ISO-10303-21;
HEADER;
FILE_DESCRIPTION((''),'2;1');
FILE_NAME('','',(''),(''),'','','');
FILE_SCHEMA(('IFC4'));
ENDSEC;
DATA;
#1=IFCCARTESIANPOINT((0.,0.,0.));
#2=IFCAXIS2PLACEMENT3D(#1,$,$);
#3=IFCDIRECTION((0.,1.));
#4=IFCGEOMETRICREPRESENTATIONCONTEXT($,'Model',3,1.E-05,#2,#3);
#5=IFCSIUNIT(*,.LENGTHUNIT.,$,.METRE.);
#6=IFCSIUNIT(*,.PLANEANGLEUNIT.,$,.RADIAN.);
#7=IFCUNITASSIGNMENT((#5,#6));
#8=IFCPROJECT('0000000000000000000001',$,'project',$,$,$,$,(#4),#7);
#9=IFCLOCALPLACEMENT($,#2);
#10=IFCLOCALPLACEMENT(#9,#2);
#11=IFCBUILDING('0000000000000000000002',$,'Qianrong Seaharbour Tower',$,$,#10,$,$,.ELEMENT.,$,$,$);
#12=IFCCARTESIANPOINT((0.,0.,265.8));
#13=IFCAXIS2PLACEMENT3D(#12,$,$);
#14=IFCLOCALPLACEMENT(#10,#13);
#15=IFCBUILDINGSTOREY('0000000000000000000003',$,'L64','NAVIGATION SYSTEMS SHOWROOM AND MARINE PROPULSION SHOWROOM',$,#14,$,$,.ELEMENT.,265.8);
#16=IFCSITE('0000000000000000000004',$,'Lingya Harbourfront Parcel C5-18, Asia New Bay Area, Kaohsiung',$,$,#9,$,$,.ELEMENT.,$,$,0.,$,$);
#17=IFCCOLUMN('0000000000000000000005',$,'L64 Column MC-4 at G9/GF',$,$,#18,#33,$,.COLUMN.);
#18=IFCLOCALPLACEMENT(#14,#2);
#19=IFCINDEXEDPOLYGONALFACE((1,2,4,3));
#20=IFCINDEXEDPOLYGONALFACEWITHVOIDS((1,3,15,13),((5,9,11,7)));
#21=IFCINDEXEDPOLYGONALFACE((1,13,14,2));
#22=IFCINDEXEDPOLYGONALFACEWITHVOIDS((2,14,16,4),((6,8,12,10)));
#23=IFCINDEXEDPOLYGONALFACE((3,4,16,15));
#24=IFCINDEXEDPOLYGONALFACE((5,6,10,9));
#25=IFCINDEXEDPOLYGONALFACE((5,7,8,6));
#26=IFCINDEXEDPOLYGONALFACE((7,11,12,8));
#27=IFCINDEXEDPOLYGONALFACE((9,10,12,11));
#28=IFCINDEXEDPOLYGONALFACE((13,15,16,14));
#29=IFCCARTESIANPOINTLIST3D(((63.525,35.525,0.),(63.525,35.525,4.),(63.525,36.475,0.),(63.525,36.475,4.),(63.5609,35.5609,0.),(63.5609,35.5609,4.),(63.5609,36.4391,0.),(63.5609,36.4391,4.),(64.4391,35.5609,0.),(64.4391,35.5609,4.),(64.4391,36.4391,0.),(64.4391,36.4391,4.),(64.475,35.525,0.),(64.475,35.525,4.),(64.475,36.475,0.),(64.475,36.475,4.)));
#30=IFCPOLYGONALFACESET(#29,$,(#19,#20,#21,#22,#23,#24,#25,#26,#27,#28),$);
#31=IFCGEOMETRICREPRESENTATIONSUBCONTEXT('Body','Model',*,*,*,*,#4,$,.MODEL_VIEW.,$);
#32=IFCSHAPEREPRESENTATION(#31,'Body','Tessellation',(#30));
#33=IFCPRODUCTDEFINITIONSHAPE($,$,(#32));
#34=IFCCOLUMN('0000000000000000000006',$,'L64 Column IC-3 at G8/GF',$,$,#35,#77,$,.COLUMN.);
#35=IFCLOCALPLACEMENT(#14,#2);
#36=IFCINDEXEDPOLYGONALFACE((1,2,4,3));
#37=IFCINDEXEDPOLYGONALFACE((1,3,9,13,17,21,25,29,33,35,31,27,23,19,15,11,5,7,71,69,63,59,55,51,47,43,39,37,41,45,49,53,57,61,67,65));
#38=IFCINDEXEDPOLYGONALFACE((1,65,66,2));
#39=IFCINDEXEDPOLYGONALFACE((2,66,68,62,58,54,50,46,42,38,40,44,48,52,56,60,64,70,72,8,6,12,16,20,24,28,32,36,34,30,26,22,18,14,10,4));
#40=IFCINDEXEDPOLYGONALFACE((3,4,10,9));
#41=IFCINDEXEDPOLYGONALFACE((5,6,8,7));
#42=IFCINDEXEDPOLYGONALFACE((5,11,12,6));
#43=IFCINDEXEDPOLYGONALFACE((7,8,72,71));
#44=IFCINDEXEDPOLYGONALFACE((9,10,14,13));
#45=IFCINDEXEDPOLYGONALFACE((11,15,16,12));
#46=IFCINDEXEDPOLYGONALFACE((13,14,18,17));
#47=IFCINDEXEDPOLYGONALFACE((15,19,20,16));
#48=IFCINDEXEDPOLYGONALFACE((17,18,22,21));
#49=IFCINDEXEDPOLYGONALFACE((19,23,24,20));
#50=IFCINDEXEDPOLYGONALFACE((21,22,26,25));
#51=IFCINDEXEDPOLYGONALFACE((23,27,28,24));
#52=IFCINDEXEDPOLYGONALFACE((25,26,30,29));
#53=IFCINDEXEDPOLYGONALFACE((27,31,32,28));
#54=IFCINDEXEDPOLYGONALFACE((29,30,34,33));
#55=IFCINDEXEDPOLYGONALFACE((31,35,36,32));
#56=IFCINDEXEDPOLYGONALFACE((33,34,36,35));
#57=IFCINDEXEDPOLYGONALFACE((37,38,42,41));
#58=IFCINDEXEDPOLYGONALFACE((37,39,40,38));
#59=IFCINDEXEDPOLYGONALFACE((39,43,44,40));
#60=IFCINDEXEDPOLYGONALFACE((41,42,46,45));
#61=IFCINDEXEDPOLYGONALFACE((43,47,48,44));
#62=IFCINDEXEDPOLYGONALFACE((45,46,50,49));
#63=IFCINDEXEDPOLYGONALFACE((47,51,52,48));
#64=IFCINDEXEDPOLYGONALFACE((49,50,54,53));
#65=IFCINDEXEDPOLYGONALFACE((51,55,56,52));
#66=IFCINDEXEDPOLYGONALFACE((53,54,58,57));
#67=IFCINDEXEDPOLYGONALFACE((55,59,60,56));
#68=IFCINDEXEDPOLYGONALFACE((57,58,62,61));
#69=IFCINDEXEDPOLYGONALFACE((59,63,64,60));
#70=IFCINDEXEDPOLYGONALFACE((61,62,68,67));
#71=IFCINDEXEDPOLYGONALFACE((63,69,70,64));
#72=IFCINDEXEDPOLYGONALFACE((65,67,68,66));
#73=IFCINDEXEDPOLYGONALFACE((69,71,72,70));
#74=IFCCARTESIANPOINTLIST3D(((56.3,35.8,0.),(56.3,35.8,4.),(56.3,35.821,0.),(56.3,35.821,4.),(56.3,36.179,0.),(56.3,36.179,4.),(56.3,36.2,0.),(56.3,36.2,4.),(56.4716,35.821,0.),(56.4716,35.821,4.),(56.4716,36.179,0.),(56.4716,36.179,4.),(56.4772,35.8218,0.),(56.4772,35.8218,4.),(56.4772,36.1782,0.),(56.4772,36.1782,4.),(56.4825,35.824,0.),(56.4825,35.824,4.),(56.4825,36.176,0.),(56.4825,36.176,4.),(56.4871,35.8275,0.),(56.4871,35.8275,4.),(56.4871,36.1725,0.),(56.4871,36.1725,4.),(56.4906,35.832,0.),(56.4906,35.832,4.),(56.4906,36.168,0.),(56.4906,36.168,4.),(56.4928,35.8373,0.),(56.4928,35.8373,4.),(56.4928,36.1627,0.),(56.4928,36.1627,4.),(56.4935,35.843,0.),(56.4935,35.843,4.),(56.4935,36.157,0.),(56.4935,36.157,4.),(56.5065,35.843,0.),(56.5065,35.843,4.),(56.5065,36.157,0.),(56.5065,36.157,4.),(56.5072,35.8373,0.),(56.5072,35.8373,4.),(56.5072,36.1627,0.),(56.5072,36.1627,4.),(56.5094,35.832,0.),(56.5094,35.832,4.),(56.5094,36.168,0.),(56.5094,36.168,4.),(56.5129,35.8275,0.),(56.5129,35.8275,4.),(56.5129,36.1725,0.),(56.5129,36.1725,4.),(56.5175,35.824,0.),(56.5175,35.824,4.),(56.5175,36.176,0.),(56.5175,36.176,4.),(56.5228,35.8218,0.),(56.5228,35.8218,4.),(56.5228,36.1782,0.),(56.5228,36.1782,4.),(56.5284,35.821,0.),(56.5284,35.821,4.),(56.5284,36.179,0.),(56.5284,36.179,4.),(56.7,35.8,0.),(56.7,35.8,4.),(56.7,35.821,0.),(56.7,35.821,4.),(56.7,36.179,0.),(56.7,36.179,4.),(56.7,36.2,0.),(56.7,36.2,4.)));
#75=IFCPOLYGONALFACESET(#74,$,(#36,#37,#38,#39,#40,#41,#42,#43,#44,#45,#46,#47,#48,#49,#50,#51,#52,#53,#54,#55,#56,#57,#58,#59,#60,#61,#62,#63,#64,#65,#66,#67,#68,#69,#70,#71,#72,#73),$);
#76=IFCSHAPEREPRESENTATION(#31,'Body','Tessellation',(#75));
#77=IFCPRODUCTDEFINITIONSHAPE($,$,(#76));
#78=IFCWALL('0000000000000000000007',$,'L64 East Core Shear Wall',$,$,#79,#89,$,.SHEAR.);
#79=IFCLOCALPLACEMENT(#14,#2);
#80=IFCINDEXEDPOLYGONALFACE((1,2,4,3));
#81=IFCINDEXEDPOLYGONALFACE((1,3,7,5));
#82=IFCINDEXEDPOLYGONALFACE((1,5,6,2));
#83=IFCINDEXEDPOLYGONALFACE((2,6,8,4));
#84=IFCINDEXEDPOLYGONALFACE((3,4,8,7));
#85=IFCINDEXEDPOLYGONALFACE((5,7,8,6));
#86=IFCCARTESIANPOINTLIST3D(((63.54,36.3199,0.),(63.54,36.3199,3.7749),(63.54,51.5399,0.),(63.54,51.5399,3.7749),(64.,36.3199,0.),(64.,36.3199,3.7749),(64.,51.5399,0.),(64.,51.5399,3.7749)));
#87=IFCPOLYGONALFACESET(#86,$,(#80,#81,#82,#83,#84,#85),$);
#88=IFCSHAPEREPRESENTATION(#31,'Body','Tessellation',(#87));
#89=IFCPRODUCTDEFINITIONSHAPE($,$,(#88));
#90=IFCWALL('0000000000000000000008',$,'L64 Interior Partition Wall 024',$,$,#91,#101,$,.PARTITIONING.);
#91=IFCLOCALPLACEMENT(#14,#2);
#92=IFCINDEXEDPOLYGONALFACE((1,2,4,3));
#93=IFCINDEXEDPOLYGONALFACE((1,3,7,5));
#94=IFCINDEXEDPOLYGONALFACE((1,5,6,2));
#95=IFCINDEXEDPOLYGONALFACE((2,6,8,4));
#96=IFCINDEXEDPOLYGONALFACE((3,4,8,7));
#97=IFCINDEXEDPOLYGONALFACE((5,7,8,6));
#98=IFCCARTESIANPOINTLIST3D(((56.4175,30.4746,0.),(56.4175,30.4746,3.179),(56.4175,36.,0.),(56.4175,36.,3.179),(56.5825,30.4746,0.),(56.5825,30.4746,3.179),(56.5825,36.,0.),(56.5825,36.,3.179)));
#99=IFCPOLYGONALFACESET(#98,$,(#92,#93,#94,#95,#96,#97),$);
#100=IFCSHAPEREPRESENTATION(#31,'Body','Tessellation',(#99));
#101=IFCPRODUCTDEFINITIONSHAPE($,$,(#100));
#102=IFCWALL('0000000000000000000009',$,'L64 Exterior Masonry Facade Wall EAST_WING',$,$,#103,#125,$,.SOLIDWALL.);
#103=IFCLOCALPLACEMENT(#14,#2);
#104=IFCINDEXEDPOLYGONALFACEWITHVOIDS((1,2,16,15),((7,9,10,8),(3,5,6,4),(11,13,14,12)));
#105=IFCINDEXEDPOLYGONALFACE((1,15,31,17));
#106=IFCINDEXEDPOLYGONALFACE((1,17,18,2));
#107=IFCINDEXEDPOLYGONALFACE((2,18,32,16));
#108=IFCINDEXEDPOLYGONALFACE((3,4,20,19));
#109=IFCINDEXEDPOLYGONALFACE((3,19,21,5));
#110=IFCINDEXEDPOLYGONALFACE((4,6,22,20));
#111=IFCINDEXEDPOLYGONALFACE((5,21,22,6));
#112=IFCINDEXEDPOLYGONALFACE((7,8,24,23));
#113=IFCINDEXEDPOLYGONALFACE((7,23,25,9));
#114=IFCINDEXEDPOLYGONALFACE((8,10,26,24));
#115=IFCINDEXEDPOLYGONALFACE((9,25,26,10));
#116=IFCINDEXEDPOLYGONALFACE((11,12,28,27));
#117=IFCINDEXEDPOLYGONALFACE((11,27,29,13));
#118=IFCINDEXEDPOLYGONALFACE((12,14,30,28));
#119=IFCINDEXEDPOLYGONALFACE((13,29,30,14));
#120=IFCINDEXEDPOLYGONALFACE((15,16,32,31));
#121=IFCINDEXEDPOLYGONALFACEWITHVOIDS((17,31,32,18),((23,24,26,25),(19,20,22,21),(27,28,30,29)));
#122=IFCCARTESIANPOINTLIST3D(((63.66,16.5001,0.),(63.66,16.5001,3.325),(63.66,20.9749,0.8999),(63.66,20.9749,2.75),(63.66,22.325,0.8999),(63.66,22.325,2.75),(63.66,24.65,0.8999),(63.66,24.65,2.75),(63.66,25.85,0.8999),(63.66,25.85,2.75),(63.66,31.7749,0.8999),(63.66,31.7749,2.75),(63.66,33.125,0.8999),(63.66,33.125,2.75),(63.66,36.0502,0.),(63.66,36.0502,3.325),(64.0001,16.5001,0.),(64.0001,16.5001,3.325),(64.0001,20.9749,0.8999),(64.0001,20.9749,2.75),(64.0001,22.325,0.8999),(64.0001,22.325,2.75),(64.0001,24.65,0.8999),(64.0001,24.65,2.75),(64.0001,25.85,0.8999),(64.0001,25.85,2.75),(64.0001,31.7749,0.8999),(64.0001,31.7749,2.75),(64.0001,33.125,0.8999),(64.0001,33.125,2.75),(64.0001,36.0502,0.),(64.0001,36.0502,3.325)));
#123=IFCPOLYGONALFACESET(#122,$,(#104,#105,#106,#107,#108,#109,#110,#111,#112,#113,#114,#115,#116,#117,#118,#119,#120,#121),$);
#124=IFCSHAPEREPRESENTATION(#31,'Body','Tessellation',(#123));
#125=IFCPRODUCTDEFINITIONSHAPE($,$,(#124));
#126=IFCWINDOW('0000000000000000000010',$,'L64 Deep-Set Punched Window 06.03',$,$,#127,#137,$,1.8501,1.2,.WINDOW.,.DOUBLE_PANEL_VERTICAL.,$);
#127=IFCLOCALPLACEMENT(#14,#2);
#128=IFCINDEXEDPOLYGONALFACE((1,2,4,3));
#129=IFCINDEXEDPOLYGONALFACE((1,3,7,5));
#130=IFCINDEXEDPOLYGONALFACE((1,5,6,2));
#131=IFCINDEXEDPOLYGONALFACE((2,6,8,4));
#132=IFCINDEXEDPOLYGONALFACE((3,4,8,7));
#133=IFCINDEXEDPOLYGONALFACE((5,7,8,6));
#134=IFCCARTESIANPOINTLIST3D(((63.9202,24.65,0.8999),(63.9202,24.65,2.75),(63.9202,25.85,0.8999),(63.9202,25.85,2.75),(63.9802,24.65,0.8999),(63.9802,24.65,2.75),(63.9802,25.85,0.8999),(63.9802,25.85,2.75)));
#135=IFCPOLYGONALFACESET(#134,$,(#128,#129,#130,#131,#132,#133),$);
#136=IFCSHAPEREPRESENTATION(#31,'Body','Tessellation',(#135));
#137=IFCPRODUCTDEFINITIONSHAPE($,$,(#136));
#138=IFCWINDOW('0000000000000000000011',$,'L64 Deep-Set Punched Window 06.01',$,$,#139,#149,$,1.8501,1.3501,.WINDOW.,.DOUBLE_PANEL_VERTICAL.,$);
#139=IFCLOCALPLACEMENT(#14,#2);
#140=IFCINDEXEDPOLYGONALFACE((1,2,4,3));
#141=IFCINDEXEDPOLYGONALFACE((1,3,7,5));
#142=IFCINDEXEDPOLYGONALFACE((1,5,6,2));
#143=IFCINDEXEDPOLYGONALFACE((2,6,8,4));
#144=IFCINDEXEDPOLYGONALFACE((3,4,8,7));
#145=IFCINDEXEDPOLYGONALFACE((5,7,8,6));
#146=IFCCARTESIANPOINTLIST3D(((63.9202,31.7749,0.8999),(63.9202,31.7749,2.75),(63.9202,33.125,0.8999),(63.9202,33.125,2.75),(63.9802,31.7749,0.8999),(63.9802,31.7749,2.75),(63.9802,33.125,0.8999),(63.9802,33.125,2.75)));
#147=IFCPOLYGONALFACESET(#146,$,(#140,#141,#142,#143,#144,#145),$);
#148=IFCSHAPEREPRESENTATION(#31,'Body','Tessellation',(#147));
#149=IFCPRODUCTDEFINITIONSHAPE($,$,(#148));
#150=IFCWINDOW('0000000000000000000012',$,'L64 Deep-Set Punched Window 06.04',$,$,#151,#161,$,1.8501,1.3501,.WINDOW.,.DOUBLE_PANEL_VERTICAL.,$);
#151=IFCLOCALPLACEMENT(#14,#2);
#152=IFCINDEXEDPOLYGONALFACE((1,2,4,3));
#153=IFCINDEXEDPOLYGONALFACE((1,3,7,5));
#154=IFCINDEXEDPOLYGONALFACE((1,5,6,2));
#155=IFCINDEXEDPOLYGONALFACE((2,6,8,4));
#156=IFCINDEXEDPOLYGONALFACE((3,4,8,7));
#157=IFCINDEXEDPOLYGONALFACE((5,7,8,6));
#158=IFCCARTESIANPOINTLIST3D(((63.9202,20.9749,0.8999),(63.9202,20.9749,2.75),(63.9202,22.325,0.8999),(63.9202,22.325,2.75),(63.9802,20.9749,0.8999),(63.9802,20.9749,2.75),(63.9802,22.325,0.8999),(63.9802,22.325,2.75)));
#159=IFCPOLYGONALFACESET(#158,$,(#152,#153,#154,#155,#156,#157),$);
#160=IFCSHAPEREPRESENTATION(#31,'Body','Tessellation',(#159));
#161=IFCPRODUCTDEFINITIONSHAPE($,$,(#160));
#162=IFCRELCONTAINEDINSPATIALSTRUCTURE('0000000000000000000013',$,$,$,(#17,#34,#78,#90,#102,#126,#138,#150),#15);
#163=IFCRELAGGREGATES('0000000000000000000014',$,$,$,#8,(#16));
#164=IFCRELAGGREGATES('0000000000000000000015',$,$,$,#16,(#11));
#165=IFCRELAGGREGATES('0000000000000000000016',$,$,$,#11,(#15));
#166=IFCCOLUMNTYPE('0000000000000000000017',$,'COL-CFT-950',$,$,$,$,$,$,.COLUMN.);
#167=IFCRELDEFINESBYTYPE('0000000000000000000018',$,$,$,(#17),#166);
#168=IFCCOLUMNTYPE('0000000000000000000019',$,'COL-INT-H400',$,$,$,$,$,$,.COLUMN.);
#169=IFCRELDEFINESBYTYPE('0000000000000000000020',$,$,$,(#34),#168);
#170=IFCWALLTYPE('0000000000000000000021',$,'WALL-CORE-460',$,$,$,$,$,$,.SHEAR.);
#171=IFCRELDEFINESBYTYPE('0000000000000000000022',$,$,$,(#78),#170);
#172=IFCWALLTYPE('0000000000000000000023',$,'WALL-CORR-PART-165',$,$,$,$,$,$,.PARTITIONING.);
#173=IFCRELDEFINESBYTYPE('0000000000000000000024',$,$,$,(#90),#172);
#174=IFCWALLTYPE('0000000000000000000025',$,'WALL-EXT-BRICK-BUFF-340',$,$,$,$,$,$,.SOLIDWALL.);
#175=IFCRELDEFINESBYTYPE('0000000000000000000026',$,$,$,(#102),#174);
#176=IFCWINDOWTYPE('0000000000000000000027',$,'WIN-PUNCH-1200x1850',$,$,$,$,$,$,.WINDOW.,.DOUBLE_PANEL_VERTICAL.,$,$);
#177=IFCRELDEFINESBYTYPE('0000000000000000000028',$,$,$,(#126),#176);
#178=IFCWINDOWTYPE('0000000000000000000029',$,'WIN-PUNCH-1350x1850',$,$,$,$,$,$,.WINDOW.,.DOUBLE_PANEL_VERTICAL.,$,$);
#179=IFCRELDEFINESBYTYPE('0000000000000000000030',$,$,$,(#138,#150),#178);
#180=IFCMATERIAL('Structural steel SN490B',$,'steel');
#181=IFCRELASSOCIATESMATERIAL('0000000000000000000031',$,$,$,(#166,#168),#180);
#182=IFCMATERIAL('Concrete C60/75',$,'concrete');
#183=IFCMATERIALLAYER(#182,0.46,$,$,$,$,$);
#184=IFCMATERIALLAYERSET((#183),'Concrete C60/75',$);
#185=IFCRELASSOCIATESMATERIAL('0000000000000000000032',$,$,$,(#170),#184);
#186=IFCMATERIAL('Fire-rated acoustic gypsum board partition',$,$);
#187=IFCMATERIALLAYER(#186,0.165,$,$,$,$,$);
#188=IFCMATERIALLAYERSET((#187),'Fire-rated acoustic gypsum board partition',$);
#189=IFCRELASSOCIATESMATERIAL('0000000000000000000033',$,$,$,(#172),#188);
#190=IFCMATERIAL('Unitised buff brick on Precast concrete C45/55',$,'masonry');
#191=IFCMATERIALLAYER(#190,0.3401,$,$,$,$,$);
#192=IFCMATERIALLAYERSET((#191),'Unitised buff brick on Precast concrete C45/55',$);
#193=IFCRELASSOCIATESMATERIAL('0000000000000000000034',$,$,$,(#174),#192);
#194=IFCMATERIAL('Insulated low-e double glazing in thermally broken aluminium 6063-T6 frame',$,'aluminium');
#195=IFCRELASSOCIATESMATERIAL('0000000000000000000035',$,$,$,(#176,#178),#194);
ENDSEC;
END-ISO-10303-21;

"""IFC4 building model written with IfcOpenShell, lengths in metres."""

from ifc_helpers import new_model, si_unit, direction, frame, frame_2d, origin, origin_2d, place, context, subcontext, project, spatial, rectangle, hollow_rectangle, i_section, extrude, material, layer, layer_set, material_profile, profile_set, type_object, element, fill, save


model = new_model("IFC4")

# Units and contexts
model_context = context("Model", 3, precision=1e-05, world=origin(), true_north=direction((0.0, 1.0)))
body_context = subcontext(model_context, "Body", "Model", "MODEL_VIEW")
ifc_project = project(units=[si_unit("LENGTHUNIT", "METRE"), si_unit("PLANEANGLEUNIT", "RADIAN")], contexts=[model_context])

# Site, building, storey
site_placement = place(None, origin())
site = spatial("IfcSite", under=ifc_project, at=site_placement, Name="Lingya Harbourfront Parcel C5-18, Asia New Bay Area, Kaohsiung", CompositionType="ELEMENT", RefElevation=0.0)
building_placement = place(site_placement, origin())
building = spatial("IfcBuilding", under=site, at=building_placement, Name="Qianrong Seaharbour Tower", CompositionType="ELEMENT")
storey_placement = place(building_placement, frame((0.0, 0.0, 265.8)))
storey = spatial("IfcBuildingStorey", under=building, at=storey_placement, Name="L64", Description="NAVIGATION SYSTEMS SHOWROOM AND MARINE PROPULSION SHOWROOM", CompositionType="ELEMENT", Elevation=265.8)

# Columns
ifc_material_1 = material(Name="Structural steel SN490B", Category="steel")
ifc_material_profile_1 = material_profile(ifc_material_1, hollow_rectangle(XDim=0.95, YDim=0.95, WallThickness=0.0359, at=origin_2d()), Name="BOX950x950x36")
ifc_profile_set_1 = profile_set([ifc_material_profile_1], Name="Structural steel SN490B")
column_type_1 = type_object("IfcColumnType", Name="COL-CFT-950", PredefinedType="COLUMN", material=ifc_profile_set_1)
column_1_placement = place(storey_placement, frame((64.0, 36.0, 0.0), z_axis=(0.0, 0.0, 1.0), x_axis=(1.0, 0.0, 0.0)))
element("IfcColumn", 1, at=column_1_placement, inside=storey, type_object=column_type_1, Name="L64 Column MC-4 at G9/GF", PredefinedType="COLUMN", context=body_context, shape_type="SweptSolid", body=[
    extrude(hollow_rectangle(XDim=0.95, YDim=0.95, WallThickness=0.0359, at=origin_2d()), origin(), (0.0, 0.0, 1.0), 4.0),
])
ifc_material_profile_2 = material_profile(ifc_material_1, i_section(OverallWidth=0.3999, OverallDepth=0.3999, WebThickness=0.0129, FlangeThickness=0.021, FilletRadius=0.022, at=origin_2d()), Name="H400x400x13x21")
ifc_profile_set_2 = profile_set([ifc_material_profile_2], Name="Structural steel SN490B")
column_type_2 = type_object("IfcColumnType", Name="COL-INT-H400", PredefinedType="COLUMN", material=ifc_profile_set_2)
column_2_placement = place(storey_placement, frame((56.5, 36.0, 0.0), z_axis=(0.0, 0.0, 1.0), x_axis=(1.0, 0.0, 0.0)))
element("IfcColumn", 2, at=column_2_placement, inside=storey, type_object=column_type_2, Name="L64 Column IC-3 at G8/GF", PredefinedType="COLUMN", context=body_context, shape_type="SweptSolid", body=[
    extrude(i_section(OverallWidth=0.3999, OverallDepth=0.3999, WebThickness=0.0129, FlangeThickness=0.021, FilletRadius=0.022, at=origin_2d()), origin(), (0.0, 0.0, 1.0), 4.0),
])

# Walls
ifc_material_2 = material(Name="Concrete C60/75", Category="concrete")
ifc_layer_1 = layer(ifc_material_2, 0.46)
ifc_layer_set_1 = layer_set([ifc_layer_1], Name="Concrete C60/75")
wall_type_1 = type_object("IfcWallType", Name="WALL-CORE-460", PredefinedType="SHEAR", material=ifc_layer_set_1)
wall_1_placement = place(storey_placement, frame((63.77, 36.3201, 0.0), z_axis=(0.0, 0.0, 1.0), x_axis=(0.0, 1.0, 0.0)))
element("IfcWall", 3, at=wall_1_placement, inside=storey, type_object=wall_type_1, Name="L64 East Core Shear Wall", PredefinedType="SHEAR", context=body_context, shape_type="SweptSolid", body=[
    extrude(rectangle(XDim=15.22, YDim=0.46, at=frame_2d((7.6099, 0.0))), origin(), (0.0, 0.0, 1.0), 3.7749),
])
ifc_material_3 = material(Name="Fire-rated acoustic gypsum board partition")
ifc_layer_2 = layer(ifc_material_3, 0.165)
ifc_layer_set_2 = layer_set([ifc_layer_2], Name="Fire-rated acoustic gypsum board partition")
wall_type_2 = type_object("IfcWallType", Name="WALL-CORR-PART-165", PredefinedType="PARTITIONING", material=ifc_layer_set_2)
wall_2_placement = place(storey_placement, frame((56.5, 36.0, 0.0), z_axis=(0.0, 0.0, 1.0), x_axis=(0.0, -1.0, 0.0)))
element("IfcWall", 4, at=wall_2_placement, inside=storey, type_object=wall_type_2, Name="L64 Interior Partition Wall 024", PredefinedType="PARTITIONING", context=body_context, shape_type="SweptSolid", body=[
    extrude(rectangle(XDim=5.5254, YDim=0.165, at=frame_2d((2.7627, 0.0))), origin(), (0.0, 0.0, 1.0), 3.179),
])

# Wall, openings, windows
ifc_material_4 = material(Name="Unitised buff brick on Precast concrete C45/55", Category="masonry")
ifc_layer_3 = layer(ifc_material_4, 0.3401)
ifc_layer_set_3 = layer_set([ifc_layer_3], Name="Unitised buff brick on Precast concrete C45/55")
wall_type_3 = type_object("IfcWallType", Name="WALL-EXT-BRICK-BUFF-340", PredefinedType="SOLIDWALL", material=ifc_layer_set_3)
wall_3_placement = place(storey_placement, frame((63.8301, 36.05, 0.0), z_axis=(0.0, 0.0, 1.0), x_axis=(0.0, -1.0, 0.0)))
wall_3 = element("IfcWall", 5, at=wall_3_placement, inside=storey, type_object=wall_type_3, Name="L64 Exterior Masonry Facade Wall EAST_WING", PredefinedType="SOLIDWALL", context=body_context, shape_type="SweptSolid", body=[
    extrude(rectangle(XDim=19.55, YDim=0.3401, at=frame_2d((9.7749, 0.0))), origin(), (0.0, 0.0, 1.0), 3.325),
])
opening_1_placement = place(wall_3_placement, frame((2.925, 0.0, 0.8999)))
opening_1 = element("IfcOpeningElement", 6, at=opening_1_placement, cuts=wall_3, PredefinedType="OPENING", context=body_context, shape_type="SweptSolid", body=[
    extrude(rectangle(XDim=1.3501, YDim=1.8501, at=frame_2d((0.675, 0.925))), frame((0.0, 0.1802, 0.0), z_axis=(0.0, -1.0, 0.0), x_axis=(1.0, 0.0, 0.0)), (0.0, 0.0, 1.0), 0.3601),
])
opening_2_placement = place(wall_3_placement, frame((10.2, 0.0, 0.8999)))
opening_2 = element("IfcOpeningElement", 7, at=opening_2_placement, cuts=wall_3, PredefinedType="OPENING", context=body_context, shape_type="SweptSolid", body=[
    extrude(rectangle(XDim=1.2, YDim=1.8501, at=frame_2d((0.6001, 0.925))), frame((0.0, 0.1802, 0.0), z_axis=(0.0, -1.0, 0.0), x_axis=(1.0, 0.0, 0.0)), (0.0, 0.0, 1.0), 0.3601),
])
opening_3_placement = place(wall_3_placement, frame((13.7251, 0.0, 0.8999)))
opening_3 = element("IfcOpeningElement", 8, at=opening_3_placement, cuts=wall_3, PredefinedType="OPENING", context=body_context, shape_type="SweptSolid", body=[
    extrude(rectangle(XDim=1.3501, YDim=1.8501, at=frame_2d((0.675, 0.925))), frame((0.0, 0.1802, 0.0), z_axis=(0.0, -1.0, 0.0), x_axis=(1.0, 0.0, 0.0)), (0.0, 0.0, 1.0), 0.3601),
])
ifc_material_5 = material(Name="Insulated low-e double glazing in thermally broken aluminium 6063-T6 frame", Category="aluminium")
window_type_1 = type_object("IfcWindowType", Name="WIN-PUNCH-1200x1850", PartitioningType="DOUBLE_PANEL_VERTICAL", PredefinedType="WINDOW", material=ifc_material_5)
window_1_placement = place(opening_2_placement, origin())
window_1 = element("IfcWindow", 9, at=window_1_placement, inside=storey, type_object=window_type_1, Name="L64 Deep-Set Punched Window 06.03", OverallHeight=1.8501, OverallWidth=1.2, PartitioningType="DOUBLE_PANEL_VERTICAL", PredefinedType="WINDOW", context=body_context, shape_type="SweptSolid", body=[
    extrude(rectangle(XDim=1.2, YDim=1.8501, at=frame_2d((0.6001, 0.925))), frame((0.0, 0.1501, 0.0), z_axis=(0.0, -1.0, 0.0), x_axis=(1.0, 0.0, 0.0)), (0.0, 0.0, 1.0), 0.0601),
])
fill(opening_2, window_1)
window_type_2 = type_object("IfcWindowType", Name="WIN-PUNCH-1350x1850", PartitioningType="DOUBLE_PANEL_VERTICAL", PredefinedType="WINDOW", material=ifc_material_5)
window_2_placement = place(opening_1_placement, origin())
window_2 = element("IfcWindow", 10, at=window_2_placement, inside=storey, type_object=window_type_2, Name="L64 Deep-Set Punched Window 06.01", OverallHeight=1.8501, OverallWidth=1.3501, PartitioningType="DOUBLE_PANEL_VERTICAL", PredefinedType="WINDOW", context=body_context, shape_type="SweptSolid", body=[
    extrude(rectangle(XDim=1.3501, YDim=1.8501, at=frame_2d((0.675, 0.925))), frame((0.0, 0.1501, 0.0), z_axis=(0.0, -1.0, 0.0), x_axis=(1.0, 0.0, 0.0)), (0.0, 0.0, 1.0), 0.0601),
])
fill(opening_1, window_2)
window_3_placement = place(opening_3_placement, origin())
window_3 = element("IfcWindow", 11, at=window_3_placement, inside=storey, type_object=window_type_2, Name="L64 Deep-Set Punched Window 06.04", OverallHeight=1.8501, OverallWidth=1.3501, PartitioningType="DOUBLE_PANEL_VERTICAL", PredefinedType="WINDOW", context=body_context, shape_type="SweptSolid", body=[
    extrude(rectangle(XDim=1.3501, YDim=1.8501, at=frame_2d((0.675, 0.925))), frame((0.0, 0.1501, 0.0), z_axis=(0.0, -1.0, 0.0), x_axis=(1.0, 0.0, 0.0)), (0.0, 0.0, 1.0), 0.0601),
])
fill(opening_3, window_3)

save(model, "model.ifc")
